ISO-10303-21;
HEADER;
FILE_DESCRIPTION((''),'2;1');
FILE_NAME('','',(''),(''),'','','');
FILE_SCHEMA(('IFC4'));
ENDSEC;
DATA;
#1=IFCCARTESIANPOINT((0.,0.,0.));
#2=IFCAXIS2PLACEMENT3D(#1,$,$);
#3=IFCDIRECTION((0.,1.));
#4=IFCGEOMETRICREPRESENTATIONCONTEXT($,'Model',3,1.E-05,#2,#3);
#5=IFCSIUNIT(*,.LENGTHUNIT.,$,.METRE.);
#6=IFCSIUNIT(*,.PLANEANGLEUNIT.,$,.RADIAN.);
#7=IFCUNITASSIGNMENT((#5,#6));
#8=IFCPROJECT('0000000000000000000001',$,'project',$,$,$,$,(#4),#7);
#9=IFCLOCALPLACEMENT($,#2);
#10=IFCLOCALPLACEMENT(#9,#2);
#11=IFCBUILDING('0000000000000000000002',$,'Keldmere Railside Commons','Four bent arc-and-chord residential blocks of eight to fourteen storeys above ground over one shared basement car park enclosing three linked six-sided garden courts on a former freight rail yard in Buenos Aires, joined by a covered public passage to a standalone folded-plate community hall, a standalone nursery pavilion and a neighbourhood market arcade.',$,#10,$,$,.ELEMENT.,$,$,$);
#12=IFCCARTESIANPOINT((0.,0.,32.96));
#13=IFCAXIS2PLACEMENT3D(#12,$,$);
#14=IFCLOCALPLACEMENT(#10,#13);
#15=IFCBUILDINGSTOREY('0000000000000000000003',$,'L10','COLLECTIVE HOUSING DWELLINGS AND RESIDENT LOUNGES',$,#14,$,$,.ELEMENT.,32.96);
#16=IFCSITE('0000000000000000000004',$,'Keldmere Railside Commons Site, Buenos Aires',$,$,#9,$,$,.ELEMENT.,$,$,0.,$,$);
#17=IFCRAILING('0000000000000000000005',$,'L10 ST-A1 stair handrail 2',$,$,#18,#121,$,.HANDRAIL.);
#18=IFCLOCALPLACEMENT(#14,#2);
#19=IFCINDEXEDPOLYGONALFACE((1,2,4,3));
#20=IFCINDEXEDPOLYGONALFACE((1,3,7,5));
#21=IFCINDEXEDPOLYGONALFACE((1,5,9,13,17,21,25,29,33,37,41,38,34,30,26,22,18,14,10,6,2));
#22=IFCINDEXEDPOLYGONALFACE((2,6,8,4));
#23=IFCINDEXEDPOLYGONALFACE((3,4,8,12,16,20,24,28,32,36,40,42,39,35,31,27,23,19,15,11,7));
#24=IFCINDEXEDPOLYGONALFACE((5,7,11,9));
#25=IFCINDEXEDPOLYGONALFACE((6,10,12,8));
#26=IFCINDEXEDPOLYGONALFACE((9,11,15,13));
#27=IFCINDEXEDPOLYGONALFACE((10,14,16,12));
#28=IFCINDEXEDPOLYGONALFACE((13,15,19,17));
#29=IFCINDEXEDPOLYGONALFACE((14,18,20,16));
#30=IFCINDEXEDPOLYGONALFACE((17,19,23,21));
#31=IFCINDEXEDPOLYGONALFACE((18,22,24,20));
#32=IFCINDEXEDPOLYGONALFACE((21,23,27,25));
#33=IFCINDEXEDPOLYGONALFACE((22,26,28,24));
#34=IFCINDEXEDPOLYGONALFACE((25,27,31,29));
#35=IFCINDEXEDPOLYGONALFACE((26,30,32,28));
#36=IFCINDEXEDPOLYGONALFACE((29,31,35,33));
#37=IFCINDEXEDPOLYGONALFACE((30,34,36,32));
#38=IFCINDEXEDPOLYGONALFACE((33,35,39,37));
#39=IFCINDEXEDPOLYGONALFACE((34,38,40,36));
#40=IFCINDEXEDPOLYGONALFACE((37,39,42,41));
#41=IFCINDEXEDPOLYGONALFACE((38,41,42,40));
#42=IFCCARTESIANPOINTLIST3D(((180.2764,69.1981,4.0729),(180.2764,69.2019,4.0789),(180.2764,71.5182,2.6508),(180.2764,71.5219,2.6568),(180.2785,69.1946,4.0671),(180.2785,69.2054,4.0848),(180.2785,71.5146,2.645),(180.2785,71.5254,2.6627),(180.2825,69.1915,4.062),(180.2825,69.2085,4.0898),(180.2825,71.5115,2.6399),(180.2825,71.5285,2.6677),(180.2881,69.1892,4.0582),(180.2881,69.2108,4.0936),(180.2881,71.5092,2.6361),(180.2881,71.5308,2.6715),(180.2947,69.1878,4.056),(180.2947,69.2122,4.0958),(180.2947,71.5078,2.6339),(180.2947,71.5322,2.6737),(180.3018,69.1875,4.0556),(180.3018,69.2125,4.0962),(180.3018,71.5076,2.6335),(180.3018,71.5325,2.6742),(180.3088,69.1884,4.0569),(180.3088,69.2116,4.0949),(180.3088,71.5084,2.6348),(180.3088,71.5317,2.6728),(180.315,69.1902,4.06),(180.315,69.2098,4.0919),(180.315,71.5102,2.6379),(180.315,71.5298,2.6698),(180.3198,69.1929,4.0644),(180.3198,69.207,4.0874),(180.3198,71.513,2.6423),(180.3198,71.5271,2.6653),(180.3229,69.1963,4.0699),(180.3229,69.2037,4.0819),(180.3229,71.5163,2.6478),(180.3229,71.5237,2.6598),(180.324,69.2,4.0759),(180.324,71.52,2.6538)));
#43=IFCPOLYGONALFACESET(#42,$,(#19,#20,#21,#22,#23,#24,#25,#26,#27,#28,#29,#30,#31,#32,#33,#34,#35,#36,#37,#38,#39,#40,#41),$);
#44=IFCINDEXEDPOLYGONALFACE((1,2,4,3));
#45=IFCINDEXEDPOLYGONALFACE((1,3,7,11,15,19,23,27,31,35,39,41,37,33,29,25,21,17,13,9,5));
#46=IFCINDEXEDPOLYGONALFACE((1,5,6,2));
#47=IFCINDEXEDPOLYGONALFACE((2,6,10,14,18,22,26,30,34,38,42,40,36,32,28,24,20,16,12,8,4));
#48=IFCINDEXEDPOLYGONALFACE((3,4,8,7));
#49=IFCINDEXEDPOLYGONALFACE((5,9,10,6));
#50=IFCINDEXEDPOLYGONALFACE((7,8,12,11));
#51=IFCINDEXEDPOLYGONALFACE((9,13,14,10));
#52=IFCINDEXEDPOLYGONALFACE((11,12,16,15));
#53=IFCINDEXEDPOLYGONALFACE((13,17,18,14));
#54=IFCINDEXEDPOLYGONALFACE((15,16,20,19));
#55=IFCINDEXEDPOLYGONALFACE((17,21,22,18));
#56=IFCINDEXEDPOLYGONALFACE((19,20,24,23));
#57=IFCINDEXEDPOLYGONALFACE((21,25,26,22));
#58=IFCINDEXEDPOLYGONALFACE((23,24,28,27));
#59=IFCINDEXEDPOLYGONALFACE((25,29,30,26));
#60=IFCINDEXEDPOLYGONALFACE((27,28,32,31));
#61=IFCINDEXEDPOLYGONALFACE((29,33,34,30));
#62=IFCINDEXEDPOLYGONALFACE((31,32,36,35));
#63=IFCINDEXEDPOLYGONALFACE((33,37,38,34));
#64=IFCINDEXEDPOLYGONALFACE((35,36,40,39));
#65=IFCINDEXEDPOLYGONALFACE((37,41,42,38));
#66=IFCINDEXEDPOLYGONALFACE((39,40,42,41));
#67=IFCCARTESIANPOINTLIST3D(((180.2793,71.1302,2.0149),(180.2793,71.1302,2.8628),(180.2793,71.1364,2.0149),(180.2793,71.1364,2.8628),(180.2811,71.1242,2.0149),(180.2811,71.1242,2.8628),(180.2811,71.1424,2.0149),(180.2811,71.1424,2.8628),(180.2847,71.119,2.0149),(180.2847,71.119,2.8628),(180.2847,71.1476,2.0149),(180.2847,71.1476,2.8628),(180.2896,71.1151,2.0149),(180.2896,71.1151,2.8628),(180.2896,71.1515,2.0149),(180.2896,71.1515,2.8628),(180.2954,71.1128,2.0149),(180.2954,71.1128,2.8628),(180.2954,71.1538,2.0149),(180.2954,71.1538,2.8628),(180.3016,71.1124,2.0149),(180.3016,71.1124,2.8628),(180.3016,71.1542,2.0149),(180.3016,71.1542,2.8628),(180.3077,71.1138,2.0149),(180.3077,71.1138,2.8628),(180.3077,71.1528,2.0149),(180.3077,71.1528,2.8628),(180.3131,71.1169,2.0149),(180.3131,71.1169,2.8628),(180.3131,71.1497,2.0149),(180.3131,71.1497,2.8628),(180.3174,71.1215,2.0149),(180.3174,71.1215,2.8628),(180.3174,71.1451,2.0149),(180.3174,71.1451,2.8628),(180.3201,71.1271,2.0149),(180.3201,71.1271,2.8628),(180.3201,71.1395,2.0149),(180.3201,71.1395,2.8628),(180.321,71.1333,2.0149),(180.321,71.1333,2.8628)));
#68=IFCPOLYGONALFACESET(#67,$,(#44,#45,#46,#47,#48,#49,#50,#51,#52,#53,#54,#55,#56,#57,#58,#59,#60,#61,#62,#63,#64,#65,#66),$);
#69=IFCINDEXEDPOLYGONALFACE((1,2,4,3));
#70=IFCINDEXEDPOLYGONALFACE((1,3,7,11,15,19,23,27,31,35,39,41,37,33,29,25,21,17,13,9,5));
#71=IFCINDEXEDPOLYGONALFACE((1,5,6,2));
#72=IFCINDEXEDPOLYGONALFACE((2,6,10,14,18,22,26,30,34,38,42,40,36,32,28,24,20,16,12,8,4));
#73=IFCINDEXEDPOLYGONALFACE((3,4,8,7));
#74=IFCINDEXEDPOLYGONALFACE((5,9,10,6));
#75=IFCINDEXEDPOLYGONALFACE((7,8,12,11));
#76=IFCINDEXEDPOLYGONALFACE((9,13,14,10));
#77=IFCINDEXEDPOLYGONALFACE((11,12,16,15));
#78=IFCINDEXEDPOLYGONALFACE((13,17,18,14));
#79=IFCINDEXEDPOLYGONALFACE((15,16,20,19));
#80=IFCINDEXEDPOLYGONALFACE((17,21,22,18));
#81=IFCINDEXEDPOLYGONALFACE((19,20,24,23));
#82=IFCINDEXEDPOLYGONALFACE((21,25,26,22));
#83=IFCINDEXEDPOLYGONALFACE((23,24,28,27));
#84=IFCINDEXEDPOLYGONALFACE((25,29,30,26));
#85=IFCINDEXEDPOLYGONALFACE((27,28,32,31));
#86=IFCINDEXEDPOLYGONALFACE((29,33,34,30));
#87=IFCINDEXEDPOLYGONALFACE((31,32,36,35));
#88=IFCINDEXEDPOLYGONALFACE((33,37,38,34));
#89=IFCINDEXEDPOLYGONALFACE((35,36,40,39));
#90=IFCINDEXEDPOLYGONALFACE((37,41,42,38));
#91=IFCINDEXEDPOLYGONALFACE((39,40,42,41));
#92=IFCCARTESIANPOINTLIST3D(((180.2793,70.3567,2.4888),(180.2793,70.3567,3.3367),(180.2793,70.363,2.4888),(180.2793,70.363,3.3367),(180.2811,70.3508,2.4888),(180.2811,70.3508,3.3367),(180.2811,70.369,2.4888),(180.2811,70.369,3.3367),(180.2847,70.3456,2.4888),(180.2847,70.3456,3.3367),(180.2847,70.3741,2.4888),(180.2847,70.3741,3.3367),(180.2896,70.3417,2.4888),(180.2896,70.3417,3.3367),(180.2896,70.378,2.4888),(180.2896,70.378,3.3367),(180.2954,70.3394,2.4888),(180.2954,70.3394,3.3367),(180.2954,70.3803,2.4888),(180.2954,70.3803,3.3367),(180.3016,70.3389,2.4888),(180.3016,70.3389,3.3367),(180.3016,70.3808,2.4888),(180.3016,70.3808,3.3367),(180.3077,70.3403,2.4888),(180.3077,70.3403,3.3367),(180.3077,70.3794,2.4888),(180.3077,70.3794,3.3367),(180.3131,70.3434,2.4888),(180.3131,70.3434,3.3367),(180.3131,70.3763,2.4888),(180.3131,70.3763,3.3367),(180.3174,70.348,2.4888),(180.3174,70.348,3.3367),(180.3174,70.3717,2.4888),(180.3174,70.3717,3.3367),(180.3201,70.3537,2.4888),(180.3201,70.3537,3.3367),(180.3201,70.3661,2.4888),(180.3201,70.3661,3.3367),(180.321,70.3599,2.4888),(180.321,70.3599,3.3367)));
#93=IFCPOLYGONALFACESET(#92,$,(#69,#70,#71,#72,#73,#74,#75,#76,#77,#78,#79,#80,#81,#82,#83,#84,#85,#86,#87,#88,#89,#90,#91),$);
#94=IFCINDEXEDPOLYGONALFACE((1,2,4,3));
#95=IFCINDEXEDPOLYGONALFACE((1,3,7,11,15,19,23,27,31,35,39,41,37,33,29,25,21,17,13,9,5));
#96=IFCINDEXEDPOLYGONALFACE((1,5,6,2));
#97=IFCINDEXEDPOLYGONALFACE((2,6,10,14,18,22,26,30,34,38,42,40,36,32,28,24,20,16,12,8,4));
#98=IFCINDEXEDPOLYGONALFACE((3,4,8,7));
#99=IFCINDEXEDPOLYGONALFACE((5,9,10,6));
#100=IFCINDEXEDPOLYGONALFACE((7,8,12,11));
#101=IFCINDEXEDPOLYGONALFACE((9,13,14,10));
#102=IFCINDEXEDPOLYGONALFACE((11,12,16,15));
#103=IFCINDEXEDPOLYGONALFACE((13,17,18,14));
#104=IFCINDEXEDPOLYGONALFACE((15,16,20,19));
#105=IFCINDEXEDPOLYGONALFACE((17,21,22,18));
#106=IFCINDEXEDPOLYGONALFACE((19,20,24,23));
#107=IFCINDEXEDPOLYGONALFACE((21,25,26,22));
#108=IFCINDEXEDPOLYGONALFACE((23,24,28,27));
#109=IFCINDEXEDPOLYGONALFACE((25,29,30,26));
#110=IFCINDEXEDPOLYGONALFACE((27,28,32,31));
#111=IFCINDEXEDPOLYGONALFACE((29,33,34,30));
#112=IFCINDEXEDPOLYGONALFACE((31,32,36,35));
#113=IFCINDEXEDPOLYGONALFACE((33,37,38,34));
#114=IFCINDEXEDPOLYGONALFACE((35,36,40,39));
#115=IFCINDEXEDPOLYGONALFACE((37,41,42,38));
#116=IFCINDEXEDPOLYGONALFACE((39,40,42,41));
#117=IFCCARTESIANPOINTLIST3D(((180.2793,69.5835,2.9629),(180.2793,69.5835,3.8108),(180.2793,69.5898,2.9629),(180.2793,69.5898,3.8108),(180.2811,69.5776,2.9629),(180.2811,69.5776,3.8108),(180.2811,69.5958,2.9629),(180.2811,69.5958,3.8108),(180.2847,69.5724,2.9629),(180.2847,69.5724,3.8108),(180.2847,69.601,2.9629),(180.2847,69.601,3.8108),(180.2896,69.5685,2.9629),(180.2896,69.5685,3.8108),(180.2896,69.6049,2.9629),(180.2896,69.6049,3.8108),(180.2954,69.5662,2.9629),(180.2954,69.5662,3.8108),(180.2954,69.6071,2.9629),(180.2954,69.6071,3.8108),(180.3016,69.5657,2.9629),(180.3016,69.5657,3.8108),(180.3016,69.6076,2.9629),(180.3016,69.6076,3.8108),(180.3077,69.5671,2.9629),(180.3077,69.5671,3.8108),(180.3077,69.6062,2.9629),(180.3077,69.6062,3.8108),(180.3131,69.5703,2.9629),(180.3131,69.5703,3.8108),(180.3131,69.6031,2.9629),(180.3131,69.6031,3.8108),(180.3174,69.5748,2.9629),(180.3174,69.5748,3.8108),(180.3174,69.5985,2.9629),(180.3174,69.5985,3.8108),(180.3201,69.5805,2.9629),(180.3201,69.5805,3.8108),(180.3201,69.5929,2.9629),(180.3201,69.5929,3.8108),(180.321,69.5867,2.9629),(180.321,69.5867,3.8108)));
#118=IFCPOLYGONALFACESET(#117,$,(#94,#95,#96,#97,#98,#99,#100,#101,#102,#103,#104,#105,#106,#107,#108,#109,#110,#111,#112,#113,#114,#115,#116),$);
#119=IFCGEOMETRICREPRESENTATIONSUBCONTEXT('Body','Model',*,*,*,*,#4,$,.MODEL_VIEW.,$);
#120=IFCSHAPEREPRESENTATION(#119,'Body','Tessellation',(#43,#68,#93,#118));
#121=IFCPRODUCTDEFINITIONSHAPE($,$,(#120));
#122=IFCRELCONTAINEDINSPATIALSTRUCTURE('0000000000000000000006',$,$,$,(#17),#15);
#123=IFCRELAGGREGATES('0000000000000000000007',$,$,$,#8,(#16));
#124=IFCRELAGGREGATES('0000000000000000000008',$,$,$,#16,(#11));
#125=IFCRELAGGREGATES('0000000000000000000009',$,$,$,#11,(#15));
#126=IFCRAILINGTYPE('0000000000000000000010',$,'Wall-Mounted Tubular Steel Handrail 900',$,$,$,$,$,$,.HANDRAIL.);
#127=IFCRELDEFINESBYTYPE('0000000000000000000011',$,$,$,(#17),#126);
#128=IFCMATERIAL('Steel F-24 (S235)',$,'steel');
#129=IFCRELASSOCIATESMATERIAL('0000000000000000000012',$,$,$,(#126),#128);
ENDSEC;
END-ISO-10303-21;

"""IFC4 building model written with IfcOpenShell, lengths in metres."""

from ifc_helpers import new_model, si_unit, direction, frame, origin, origin_2d, place, context, subcontext, project, spatial, circle, extrude, material, type_object, element, save


model = new_model("IFC4")

# Units and contexts
model_context = context("Model", 3, precision=1e-05, world=origin(), true_north=direction((0.0, 1.0)))
body_context = subcontext(model_context, "Body", "Model", "MODEL_VIEW")
ifc_project = project(units=[si_unit("LENGTHUNIT", "METRE"), si_unit("PLANEANGLEUNIT", "RADIAN")], contexts=[model_context])

# Site, building, storey
site_placement = place(None, origin())
site = spatial("IfcSite", under=ifc_project, at=site_placement, Name="Keldmere Railside Commons Site, Buenos Aires", CompositionType="ELEMENT", RefElevation=0.0)
building_placement = place(site_placement, origin())
building = spatial("IfcBuilding", under=site, at=building_placement, Name="Keldmere Railside Commons", Description="Four bent arc-and-chord residential blocks of eight to fourteen storeys above ground over one shared basement car park enclosing three linked six-sided garden courts on a former freight rail yard in Buenos Aires, joined by a covered public passage to a standalone folded-plate community hall, a standalone nursery pavilion and a neighbourhood market arcade.", CompositionType="ELEMENT")
storey_placement = place(building_placement, frame((0.0, 0.0, 32.96)))
storey = spatial("IfcBuildingStorey", under=building, at=storey_placement, Name="L10", Description="COLLECTIVE HOUSING DWELLINGS AND RESIDENT LOUNGES", CompositionType="ELEMENT", Elevation=32.96)

# Shared definitions
ifc_material_1 = material(Name="Steel F-24 (S235)", Category="steel")

# Railing
railing_type_1 = type_object("IfcRailingType", Name="Wall-Mounted Tubular Steel Handrail 900", PredefinedType="HANDRAIL", material=ifc_material_1)
railing_1_placement = place(storey_placement, frame((180.3, 71.52, 1.7778)))
element("IfcRailing", 1, at=railing_1_placement, inside=storey, type_object=railing_type_1, Name="L10 ST-A1 stair handrail 2", PredefinedType="HANDRAIL", context=body_context, shape_type="SweptSolid", body=[
    extrude(circle(Radius=0.0239, at=origin_2d()), frame((0.0, 0.0, 0.876), z_axis=(0.0, -0.852578, 0.5226), x_axis=(1.0, 0.0, 0.0)), (0.0, 0.0, 1.0), 2.7212),
    extrude(circle(Radius=0.021, at=origin_2d()), frame((0.0, -0.3867, 0.2371)), (0.0, 0.0, 1.0), 0.8479),
    extrude(circle(Radius=0.021, at=origin_2d()), frame((0.0, -1.1602, 0.7109)), (0.0, 0.0, 1.0), 0.8479),
    extrude(circle(Radius=0.021, at=origin_2d()), frame((0.0, -1.9333, 1.1851)), (0.0, 0.0, 1.0), 0.8479),
])

save(model, "model.ifc")
